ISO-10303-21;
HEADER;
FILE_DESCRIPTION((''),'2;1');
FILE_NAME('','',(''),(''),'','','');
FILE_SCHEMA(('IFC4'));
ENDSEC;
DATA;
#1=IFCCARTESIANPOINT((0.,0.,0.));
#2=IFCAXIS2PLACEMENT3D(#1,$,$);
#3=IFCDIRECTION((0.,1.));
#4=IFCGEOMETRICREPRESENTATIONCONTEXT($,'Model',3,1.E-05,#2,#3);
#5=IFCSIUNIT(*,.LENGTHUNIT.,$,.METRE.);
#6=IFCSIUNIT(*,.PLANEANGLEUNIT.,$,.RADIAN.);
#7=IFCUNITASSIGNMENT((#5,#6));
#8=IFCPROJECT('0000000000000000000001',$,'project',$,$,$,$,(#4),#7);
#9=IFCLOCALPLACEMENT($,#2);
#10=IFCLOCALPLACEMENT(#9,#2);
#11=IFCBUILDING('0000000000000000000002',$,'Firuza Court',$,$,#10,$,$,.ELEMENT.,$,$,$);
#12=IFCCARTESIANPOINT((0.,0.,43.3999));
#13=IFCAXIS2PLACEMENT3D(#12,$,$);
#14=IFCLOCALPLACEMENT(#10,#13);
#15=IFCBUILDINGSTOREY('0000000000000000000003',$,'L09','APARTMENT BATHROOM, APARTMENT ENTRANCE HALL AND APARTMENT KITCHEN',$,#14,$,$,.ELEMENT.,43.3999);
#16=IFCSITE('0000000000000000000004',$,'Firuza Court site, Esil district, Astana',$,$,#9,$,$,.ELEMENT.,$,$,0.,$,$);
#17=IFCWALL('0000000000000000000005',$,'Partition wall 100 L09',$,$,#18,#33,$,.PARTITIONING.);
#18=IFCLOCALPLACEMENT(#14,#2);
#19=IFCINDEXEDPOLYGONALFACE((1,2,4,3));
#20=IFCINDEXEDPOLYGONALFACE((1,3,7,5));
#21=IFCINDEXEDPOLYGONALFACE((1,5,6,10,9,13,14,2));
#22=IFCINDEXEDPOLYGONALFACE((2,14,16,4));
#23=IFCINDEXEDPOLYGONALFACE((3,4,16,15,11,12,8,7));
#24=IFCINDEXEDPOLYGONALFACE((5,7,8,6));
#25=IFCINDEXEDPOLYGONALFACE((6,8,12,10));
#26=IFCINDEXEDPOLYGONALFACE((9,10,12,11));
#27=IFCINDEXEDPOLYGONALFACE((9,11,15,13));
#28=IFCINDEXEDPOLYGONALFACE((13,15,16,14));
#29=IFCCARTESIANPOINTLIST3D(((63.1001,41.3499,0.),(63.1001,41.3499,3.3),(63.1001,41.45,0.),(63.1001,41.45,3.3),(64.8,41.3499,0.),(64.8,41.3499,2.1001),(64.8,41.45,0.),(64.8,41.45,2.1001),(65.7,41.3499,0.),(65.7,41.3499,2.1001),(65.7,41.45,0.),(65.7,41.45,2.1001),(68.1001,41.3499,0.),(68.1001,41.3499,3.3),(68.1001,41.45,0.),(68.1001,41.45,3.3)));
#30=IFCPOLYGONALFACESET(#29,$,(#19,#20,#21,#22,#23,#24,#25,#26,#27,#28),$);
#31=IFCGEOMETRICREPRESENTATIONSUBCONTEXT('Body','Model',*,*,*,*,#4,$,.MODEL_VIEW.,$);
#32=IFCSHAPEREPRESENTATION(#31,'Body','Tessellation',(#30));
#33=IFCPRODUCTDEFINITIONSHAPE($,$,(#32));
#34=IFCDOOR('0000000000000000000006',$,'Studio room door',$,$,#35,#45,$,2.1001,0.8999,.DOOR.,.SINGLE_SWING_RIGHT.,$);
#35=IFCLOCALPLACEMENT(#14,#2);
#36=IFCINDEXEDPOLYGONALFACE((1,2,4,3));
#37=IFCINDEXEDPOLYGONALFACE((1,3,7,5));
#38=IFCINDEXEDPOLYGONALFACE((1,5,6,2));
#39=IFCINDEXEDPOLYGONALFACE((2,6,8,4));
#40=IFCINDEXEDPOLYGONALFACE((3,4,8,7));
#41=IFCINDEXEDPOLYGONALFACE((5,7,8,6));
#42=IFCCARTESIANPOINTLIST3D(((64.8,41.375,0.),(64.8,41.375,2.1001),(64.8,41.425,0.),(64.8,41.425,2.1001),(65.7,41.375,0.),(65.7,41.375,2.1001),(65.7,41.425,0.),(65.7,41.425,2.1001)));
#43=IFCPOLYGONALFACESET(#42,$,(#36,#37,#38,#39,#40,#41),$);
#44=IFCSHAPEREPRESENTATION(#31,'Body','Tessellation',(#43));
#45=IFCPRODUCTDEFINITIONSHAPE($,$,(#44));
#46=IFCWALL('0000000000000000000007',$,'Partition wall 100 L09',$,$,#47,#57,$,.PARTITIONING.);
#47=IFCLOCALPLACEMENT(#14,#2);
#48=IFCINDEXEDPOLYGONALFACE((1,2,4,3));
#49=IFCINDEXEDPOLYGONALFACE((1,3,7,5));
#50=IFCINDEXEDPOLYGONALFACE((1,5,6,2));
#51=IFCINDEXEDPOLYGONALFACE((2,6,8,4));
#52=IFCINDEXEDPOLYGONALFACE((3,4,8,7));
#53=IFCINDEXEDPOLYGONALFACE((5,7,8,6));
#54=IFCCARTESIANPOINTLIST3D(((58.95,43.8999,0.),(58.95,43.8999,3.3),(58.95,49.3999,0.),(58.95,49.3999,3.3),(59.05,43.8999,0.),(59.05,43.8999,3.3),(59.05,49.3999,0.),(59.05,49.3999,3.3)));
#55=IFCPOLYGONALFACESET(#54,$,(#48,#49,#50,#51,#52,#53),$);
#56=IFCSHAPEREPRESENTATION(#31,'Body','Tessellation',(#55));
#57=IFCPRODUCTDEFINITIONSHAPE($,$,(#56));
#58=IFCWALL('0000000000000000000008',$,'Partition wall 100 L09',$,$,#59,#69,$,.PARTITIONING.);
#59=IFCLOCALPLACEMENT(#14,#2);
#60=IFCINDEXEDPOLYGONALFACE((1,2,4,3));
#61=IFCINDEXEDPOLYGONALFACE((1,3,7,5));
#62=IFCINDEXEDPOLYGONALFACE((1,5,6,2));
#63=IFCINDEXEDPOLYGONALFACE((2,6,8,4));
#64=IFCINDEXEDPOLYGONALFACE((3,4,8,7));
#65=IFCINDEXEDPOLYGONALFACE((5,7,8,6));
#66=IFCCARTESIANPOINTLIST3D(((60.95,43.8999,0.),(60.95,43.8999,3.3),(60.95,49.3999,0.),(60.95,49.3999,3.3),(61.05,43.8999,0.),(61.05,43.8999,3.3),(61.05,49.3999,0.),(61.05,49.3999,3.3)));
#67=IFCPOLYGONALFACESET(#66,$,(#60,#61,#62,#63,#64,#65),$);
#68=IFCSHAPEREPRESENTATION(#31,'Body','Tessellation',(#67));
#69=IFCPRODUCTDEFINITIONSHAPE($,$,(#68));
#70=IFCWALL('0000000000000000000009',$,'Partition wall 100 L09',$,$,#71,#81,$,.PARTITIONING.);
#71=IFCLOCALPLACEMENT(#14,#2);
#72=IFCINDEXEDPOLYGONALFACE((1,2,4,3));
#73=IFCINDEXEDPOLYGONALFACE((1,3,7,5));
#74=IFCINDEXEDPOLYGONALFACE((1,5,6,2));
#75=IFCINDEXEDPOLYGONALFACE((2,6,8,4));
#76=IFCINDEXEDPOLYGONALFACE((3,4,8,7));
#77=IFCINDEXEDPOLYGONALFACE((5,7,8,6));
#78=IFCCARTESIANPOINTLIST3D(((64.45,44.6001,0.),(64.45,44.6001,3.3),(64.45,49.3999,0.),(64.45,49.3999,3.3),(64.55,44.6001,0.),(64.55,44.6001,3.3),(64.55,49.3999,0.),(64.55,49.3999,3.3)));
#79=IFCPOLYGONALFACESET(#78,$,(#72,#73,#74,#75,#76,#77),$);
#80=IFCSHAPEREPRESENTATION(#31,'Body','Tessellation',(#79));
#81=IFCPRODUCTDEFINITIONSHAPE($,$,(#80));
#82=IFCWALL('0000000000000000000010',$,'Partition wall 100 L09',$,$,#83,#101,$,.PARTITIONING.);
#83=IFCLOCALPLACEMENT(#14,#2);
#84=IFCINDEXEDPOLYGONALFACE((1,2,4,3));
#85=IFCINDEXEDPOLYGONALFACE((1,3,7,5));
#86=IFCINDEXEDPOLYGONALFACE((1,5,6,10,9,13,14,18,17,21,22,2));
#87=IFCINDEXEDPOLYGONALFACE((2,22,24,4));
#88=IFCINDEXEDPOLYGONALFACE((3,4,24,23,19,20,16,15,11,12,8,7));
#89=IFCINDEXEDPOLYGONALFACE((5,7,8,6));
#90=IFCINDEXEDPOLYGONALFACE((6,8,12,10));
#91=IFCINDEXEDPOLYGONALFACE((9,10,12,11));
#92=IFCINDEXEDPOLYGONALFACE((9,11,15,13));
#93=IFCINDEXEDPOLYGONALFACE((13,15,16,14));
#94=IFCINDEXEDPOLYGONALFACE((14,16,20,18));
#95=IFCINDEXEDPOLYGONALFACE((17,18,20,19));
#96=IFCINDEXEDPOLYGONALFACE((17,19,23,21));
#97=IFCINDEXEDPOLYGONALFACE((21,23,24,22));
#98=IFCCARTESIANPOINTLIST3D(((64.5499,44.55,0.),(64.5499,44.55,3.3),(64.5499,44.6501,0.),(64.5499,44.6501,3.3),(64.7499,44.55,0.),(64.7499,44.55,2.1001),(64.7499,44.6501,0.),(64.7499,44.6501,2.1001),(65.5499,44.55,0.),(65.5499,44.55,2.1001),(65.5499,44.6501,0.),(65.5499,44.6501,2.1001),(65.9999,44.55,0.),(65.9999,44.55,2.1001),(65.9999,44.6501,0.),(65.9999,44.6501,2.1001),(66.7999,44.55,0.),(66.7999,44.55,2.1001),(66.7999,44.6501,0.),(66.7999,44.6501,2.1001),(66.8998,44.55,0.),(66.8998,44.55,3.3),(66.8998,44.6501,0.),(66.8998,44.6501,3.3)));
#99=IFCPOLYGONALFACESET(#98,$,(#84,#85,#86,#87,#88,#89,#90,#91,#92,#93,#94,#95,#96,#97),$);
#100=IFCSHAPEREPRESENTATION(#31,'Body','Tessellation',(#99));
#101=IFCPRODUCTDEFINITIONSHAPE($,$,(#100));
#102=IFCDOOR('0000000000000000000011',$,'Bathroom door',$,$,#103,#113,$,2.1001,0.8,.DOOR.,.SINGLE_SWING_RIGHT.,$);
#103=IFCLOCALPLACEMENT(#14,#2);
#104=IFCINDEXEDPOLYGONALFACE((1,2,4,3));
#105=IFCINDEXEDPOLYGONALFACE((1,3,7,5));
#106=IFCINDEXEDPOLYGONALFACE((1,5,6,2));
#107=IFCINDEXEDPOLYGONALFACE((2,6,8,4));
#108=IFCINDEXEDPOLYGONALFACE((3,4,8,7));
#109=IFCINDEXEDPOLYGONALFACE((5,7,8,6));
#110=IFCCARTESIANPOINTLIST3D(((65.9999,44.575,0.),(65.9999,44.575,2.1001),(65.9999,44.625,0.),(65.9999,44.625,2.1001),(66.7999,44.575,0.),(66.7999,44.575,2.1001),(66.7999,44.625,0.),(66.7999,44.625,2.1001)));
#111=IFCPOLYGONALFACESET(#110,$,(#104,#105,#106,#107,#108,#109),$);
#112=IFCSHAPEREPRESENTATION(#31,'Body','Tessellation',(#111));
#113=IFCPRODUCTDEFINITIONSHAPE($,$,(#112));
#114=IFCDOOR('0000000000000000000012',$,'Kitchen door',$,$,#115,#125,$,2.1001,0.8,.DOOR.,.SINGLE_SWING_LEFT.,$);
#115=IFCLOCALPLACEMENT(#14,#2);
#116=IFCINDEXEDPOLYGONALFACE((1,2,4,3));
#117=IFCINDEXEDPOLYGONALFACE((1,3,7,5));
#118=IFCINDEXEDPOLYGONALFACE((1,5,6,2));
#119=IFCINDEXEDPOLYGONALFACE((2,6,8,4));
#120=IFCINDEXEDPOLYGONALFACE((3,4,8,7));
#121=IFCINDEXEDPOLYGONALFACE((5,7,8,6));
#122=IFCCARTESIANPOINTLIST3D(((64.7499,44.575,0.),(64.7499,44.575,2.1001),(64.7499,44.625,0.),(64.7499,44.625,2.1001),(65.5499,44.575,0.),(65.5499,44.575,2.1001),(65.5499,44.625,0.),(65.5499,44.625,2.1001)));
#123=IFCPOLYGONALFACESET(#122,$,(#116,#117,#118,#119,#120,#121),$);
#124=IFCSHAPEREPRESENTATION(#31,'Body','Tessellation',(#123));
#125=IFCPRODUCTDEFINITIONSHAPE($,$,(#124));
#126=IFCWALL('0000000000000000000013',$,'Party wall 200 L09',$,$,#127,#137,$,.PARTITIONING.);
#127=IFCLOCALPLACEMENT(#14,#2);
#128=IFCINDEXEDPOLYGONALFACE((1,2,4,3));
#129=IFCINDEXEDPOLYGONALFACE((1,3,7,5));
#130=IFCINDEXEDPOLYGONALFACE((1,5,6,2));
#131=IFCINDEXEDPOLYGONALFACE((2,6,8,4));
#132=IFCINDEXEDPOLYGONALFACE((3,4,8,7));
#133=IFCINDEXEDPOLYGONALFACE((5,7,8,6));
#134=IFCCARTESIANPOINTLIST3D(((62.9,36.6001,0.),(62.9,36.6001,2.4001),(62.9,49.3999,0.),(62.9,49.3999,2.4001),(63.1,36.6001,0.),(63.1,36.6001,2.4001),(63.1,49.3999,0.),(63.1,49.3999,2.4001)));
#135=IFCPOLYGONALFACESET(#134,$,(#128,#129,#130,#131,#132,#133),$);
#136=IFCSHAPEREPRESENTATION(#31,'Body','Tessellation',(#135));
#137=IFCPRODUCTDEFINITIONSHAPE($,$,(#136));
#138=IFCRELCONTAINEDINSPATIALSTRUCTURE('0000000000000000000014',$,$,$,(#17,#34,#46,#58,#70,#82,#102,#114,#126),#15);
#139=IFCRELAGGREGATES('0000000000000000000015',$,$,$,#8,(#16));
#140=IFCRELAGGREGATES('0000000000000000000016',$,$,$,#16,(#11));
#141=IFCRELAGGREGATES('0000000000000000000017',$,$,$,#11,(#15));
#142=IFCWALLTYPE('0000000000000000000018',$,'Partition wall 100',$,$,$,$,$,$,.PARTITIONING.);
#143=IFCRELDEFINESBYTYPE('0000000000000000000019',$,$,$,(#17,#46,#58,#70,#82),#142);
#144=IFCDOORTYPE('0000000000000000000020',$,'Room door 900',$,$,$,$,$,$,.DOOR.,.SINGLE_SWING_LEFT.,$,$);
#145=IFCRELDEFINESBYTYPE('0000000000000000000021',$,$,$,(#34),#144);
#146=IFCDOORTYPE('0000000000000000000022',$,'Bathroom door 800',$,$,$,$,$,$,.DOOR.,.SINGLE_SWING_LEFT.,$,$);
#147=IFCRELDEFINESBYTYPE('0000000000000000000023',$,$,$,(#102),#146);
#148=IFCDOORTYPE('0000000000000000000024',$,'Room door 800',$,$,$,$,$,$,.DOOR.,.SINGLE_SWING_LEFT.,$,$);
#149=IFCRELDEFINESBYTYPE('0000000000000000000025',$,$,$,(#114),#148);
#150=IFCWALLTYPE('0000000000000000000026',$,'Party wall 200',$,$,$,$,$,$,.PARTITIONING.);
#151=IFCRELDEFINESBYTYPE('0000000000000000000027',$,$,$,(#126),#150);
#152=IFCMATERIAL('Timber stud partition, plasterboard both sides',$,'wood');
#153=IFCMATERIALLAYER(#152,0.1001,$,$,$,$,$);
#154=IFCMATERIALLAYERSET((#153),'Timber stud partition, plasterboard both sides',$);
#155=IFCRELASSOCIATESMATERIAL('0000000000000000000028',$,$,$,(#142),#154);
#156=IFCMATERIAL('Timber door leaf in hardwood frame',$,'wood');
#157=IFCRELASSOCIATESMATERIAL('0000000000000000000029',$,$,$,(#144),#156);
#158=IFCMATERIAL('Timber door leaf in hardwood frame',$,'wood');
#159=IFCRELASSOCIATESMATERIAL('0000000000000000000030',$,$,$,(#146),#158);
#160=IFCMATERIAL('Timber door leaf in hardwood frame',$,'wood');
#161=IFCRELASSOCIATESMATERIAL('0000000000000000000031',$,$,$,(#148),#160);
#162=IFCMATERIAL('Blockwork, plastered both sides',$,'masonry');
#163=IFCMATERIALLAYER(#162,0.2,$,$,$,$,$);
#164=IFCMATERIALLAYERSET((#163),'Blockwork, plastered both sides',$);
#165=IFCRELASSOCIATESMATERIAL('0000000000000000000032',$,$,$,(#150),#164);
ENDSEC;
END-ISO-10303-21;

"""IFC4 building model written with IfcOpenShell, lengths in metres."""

from ifc_helpers import new_model, si_unit, direction, frame, frame_2d, origin, place, context, subcontext, project, spatial, rectangle, extrude, material, layer, layer_set, type_object, element, fill, save


model = new_model("IFC4")

# Units and contexts
model_context = context("Model", 3, precision=1e-05, world=origin(), true_north=direction((0.0, 1.0)))
body_context = subcontext(model_context, "Body", "Model", "MODEL_VIEW")
ifc_project = project(units=[si_unit("LENGTHUNIT", "METRE"), si_unit("PLANEANGLEUNIT", "RADIAN")], contexts=[model_context])

# Site, building, storey
site_placement = place(None, origin())
site = spatial("IfcSite", under=ifc_project, at=site_placement, Name="Firuza Court site, Esil district, Astana", CompositionType="ELEMENT", RefElevation=0.0)
building_placement = place(site_placement, origin())
building = spatial("IfcBuilding", under=site, at=building_placement, Name="Firuza Court", CompositionType="ELEMENT")
storey_placement = place(building_placement, frame((0.0, 0.0, 43.3999)))
storey = spatial("IfcBuildingStorey", under=building, at=storey_placement, Name="L09", Description="APARTMENT BATHROOM, APARTMENT ENTRANCE HALL AND APARTMENT KITCHEN", CompositionType="ELEMENT", Elevation=43.3999)

# Shared definitions
ifc_material_1 = material(Name="Timber stud partition, plasterboard both sides", Category="wood")
ifc_layer_1 = layer(ifc_material_1, 0.1001)
ifc_layer_set_1 = layer_set([ifc_layer_1], Name="Timber stud partition, plasterboard both sides")
wall_type_1 = type_object("IfcWallType", Name="Partition wall 100", PredefinedType="PARTITIONING", material=ifc_layer_set_1)

# Wall, opening, door
wall_1_placement = place(storey_placement, frame((63.1001, 41.3999, 0.0), z_axis=(0.0, 0.0, 1.0), x_axis=(1.0, 0.0, 0.0)))
wall_1 = element("IfcWall", 1, at=wall_1_placement, inside=storey, type_object=wall_type_1, Name="Partition wall 100 L09", PredefinedType="PARTITIONING", context=body_context, shape_type="SweptSolid", body=[
    extrude(rectangle(XDim=5.0, YDim=0.1001, at=frame_2d((2.5, 0.0))), origin(), (0.0, 0.0, 1.0), 3.3),
])
opening_1_placement = place(wall_1_placement, frame((1.7, 0.0, 0.0)))
opening_1 = element("IfcOpeningElement", 2, at=opening_1_placement, cuts=wall_1, PredefinedType="OPENING", context=body_context, shape_type="SweptSolid", body=[
    extrude(rectangle(XDim=0.8999, YDim=2.1001, at=frame_2d((0.45, 1.05))), frame((0.0, 0.062, 0.0), z_axis=(0.0, -1.0, 0.0), x_axis=(1.0, 0.0, 0.0)), (0.0, 0.0, 1.0), 0.124),
])
ifc_material_2 = material(Name="Timber door leaf in hardwood frame", Category="wood")
door_type_1 = type_object("IfcDoorType", Name="Room door 900", OperationType="SINGLE_SWING_LEFT", PredefinedType="DOOR", material=ifc_material_2)
door_1_placement = place(opening_1_placement, frame((0.8999, 0.0, 0.0), z_axis=(0.0, 0.0, 1.0), x_axis=(-1.0, 0.0, 0.0)))
door_1 = element("IfcDoor", 3, at=door_1_placement, inside=storey, type_object=door_type_1, Name="Studio room door", OperationType="SINGLE_SWING_RIGHT", OverallHeight=2.1001, OverallWidth=0.8999, PredefinedType="DOOR", context=body_context, shape_type="SweptSolid", body=[
    extrude(rectangle(XDim=0.8999, YDim=2.1001, at=frame_2d((0.45, 1.05))), frame((0.0, 0.0249, 0.0), z_axis=(0.0, -1.0, 0.0), x_axis=(1.0, 0.0, 0.0)), (0.0, 0.0, 1.0), 0.05),
])
fill(opening_1, door_1)

# Walls
for number, where, z_axis, x_axis, name in (
    (4, (59.0, 43.8999, 0.0), (0.0, 0.0, 1.0), (0.0, 1.0, 0.0), "Partition wall 100 L09"),
    (5, (61.0, 43.8999, 0.0), (0.0, 0.0, 1.0), (0.0, 1.0, 0.0), "Partition wall 100 L09"),
):
    element("IfcWall", number, at=place(storey_placement, frame(where, z_axis=z_axis, x_axis=x_axis)), inside=storey, type_object=wall_type_1, Name=name, PredefinedType="PARTITIONING", context=body_context, shape_type="SweptSolid", body=[
        extrude(rectangle(XDim=5.5, YDim=0.1001, at=frame_2d((2.75, 0.0))), origin(), (0.0, 0.0, 1.0), 3.3),
    ])
wall_2_placement = place(storey_placement, frame((64.5, 44.6001, 0.0), z_axis=(0.0, 0.0, 1.0), x_axis=(0.0, 1.0, 0.0)))
element("IfcWall", 6, at=wall_2_placement, inside=storey, type_object=wall_type_1, Name="Partition wall 100 L09", PredefinedType="PARTITIONING", context=body_context, shape_type="SweptSolid", body=[
    extrude(rectangle(XDim=4.7998, YDim=0.1001, at=frame_2d((2.3999, 0.0))), origin(), (0.0, 0.0, 1.0), 3.3),
])

# Wall, openings, doors
wall_3_placement = place(storey_placement, frame((64.55, 44.6001, 0.0), z_axis=(0.0, 0.0, 1.0), x_axis=(1.0, 0.0, 0.0)))
wall_3 = element("IfcWall", 7, at=wall_3_placement, inside=storey, type_object=wall_type_1, Name="Partition wall 100 L09", PredefinedType="PARTITIONING", context=body_context, shape_type="SweptSolid", body=[
    extrude(rectangle(XDim=2.3499, YDim=0.1001, at=frame_2d((1.1748, 0.0))), origin(), (0.0, 0.0, 1.0), 3.3),
])
opening_2_placement = place(wall_3_placement, frame((1.45, 0.0, 0.0)))
opening_2 = element("IfcOpeningElement", 8, at=opening_2_placement, cuts=wall_3, PredefinedType="OPENING", context=body_context, shape_type="SweptSolid", body=[
    extrude(rectangle(XDim=0.8, YDim=2.1001, at=frame_2d((0.3999, 1.05))), frame((0.0, 0.062, 0.0), z_axis=(0.0, -1.0, 0.0), x_axis=(1.0, 0.0, 0.0)), (0.0, 0.0, 1.0), 0.124),
])
opening_3_placement = place(wall_3_placement, frame((0.2, 0.0, 0.0)))
opening_3 = element("IfcOpeningElement", 9, at=opening_3_placement, cuts=wall_3, PredefinedType="OPENING", context=body_context, shape_type="SweptSolid", body=[
    extrude(rectangle(XDim=0.8, YDim=2.1001, at=frame_2d((0.3999, 1.05))), frame((0.0, 0.062, 0.0), z_axis=(0.0, -1.0, 0.0), x_axis=(1.0, 0.0, 0.0)), (0.0, 0.0, 1.0), 0.124),
])
ifc_material_3 = material(Name="Timber door leaf in hardwood frame", Category="wood")
door_type_2 = type_object("IfcDoorType", Name="Bathroom door 800", OperationType="SINGLE_SWING_LEFT", PredefinedType="DOOR", material=ifc_material_3)
door_2_placement = place(opening_2_placement, origin())
door_2 = element("IfcDoor", 10, at=door_2_placement, inside=storey, type_object=door_type_2, Name="Bathroom door", OperationType="SINGLE_SWING_RIGHT", OverallHeight=2.1001, OverallWidth=0.8, PredefinedType="DOOR", context=body_context, shape_type="SweptSolid", body=[
    extrude(rectangle(XDim=0.8, YDim=2.1001, at=frame_2d((0.3999, 1.05))), frame((0.0, 0.0249, 0.0), z_axis=(0.0, -1.0, 0.0), x_axis=(1.0, 0.0, 0.0)), (0.0, 0.0, 1.0), 0.05),
])
fill(opening_2, door_2)
ifc_material_4 = material(Name="Timber door leaf in hardwood frame", Category="wood")
door_type_3 = type_object("IfcDoorType", Name="Room door 800", OperationType="SINGLE_SWING_LEFT", PredefinedType="DOOR", material=ifc_material_4)
door_3_placement = place(opening_3_placement, origin())
door_3 = element("IfcDoor", 11, at=door_3_placement, inside=storey, type_object=door_type_3, Name="Kitchen door", OperationType="SINGLE_SWING_LEFT", OverallHeight=2.1001, OverallWidth=0.8, PredefinedType="DOOR", context=body_context, shape_type="SweptSolid", body=[
    extrude(rectangle(XDim=0.8, YDim=2.1001, at=frame_2d((0.3999, 1.05))), frame((0.0, 0.0249, 0.0), z_axis=(0.0, -1.0, 0.0), x_axis=(1.0, 0.0, 0.0)), (0.0, 0.0, 1.0), 0.05),
])
fill(opening_3, door_3)

# Wall
ifc_material_5 = material(Name="Blockwork, plastered both sides", Category="masonry")
ifc_layer_2 = layer(ifc_material_5, 0.2)
ifc_layer_set_2 = layer_set([ifc_layer_2], Name="Blockwork, plastered both sides")
wall_type_2 = type_object("IfcWallType", Name="Party wall 200", PredefinedType="PARTITIONING", material=ifc_layer_set_2)
wall_4_placement = place(storey_placement, frame((63.0, 36.6001, 0.0), z_axis=(0.0, 0.0, 1.0), x_axis=(0.0, 1.0, 0.0)))
element("IfcWall", 12, at=wall_4_placement, inside=storey, type_object=wall_type_2, Name="Party wall 200 L09", PredefinedType="PARTITIONING", context=body_context, shape_type="SweptSolid", body=[
    extrude(rectangle(XDim=12.7998, YDim=0.2, at=frame_2d((6.3999, 0.0))), origin(), (0.0, 0.0, 1.0), 2.4001),
])

save(model, "model.ifc")
